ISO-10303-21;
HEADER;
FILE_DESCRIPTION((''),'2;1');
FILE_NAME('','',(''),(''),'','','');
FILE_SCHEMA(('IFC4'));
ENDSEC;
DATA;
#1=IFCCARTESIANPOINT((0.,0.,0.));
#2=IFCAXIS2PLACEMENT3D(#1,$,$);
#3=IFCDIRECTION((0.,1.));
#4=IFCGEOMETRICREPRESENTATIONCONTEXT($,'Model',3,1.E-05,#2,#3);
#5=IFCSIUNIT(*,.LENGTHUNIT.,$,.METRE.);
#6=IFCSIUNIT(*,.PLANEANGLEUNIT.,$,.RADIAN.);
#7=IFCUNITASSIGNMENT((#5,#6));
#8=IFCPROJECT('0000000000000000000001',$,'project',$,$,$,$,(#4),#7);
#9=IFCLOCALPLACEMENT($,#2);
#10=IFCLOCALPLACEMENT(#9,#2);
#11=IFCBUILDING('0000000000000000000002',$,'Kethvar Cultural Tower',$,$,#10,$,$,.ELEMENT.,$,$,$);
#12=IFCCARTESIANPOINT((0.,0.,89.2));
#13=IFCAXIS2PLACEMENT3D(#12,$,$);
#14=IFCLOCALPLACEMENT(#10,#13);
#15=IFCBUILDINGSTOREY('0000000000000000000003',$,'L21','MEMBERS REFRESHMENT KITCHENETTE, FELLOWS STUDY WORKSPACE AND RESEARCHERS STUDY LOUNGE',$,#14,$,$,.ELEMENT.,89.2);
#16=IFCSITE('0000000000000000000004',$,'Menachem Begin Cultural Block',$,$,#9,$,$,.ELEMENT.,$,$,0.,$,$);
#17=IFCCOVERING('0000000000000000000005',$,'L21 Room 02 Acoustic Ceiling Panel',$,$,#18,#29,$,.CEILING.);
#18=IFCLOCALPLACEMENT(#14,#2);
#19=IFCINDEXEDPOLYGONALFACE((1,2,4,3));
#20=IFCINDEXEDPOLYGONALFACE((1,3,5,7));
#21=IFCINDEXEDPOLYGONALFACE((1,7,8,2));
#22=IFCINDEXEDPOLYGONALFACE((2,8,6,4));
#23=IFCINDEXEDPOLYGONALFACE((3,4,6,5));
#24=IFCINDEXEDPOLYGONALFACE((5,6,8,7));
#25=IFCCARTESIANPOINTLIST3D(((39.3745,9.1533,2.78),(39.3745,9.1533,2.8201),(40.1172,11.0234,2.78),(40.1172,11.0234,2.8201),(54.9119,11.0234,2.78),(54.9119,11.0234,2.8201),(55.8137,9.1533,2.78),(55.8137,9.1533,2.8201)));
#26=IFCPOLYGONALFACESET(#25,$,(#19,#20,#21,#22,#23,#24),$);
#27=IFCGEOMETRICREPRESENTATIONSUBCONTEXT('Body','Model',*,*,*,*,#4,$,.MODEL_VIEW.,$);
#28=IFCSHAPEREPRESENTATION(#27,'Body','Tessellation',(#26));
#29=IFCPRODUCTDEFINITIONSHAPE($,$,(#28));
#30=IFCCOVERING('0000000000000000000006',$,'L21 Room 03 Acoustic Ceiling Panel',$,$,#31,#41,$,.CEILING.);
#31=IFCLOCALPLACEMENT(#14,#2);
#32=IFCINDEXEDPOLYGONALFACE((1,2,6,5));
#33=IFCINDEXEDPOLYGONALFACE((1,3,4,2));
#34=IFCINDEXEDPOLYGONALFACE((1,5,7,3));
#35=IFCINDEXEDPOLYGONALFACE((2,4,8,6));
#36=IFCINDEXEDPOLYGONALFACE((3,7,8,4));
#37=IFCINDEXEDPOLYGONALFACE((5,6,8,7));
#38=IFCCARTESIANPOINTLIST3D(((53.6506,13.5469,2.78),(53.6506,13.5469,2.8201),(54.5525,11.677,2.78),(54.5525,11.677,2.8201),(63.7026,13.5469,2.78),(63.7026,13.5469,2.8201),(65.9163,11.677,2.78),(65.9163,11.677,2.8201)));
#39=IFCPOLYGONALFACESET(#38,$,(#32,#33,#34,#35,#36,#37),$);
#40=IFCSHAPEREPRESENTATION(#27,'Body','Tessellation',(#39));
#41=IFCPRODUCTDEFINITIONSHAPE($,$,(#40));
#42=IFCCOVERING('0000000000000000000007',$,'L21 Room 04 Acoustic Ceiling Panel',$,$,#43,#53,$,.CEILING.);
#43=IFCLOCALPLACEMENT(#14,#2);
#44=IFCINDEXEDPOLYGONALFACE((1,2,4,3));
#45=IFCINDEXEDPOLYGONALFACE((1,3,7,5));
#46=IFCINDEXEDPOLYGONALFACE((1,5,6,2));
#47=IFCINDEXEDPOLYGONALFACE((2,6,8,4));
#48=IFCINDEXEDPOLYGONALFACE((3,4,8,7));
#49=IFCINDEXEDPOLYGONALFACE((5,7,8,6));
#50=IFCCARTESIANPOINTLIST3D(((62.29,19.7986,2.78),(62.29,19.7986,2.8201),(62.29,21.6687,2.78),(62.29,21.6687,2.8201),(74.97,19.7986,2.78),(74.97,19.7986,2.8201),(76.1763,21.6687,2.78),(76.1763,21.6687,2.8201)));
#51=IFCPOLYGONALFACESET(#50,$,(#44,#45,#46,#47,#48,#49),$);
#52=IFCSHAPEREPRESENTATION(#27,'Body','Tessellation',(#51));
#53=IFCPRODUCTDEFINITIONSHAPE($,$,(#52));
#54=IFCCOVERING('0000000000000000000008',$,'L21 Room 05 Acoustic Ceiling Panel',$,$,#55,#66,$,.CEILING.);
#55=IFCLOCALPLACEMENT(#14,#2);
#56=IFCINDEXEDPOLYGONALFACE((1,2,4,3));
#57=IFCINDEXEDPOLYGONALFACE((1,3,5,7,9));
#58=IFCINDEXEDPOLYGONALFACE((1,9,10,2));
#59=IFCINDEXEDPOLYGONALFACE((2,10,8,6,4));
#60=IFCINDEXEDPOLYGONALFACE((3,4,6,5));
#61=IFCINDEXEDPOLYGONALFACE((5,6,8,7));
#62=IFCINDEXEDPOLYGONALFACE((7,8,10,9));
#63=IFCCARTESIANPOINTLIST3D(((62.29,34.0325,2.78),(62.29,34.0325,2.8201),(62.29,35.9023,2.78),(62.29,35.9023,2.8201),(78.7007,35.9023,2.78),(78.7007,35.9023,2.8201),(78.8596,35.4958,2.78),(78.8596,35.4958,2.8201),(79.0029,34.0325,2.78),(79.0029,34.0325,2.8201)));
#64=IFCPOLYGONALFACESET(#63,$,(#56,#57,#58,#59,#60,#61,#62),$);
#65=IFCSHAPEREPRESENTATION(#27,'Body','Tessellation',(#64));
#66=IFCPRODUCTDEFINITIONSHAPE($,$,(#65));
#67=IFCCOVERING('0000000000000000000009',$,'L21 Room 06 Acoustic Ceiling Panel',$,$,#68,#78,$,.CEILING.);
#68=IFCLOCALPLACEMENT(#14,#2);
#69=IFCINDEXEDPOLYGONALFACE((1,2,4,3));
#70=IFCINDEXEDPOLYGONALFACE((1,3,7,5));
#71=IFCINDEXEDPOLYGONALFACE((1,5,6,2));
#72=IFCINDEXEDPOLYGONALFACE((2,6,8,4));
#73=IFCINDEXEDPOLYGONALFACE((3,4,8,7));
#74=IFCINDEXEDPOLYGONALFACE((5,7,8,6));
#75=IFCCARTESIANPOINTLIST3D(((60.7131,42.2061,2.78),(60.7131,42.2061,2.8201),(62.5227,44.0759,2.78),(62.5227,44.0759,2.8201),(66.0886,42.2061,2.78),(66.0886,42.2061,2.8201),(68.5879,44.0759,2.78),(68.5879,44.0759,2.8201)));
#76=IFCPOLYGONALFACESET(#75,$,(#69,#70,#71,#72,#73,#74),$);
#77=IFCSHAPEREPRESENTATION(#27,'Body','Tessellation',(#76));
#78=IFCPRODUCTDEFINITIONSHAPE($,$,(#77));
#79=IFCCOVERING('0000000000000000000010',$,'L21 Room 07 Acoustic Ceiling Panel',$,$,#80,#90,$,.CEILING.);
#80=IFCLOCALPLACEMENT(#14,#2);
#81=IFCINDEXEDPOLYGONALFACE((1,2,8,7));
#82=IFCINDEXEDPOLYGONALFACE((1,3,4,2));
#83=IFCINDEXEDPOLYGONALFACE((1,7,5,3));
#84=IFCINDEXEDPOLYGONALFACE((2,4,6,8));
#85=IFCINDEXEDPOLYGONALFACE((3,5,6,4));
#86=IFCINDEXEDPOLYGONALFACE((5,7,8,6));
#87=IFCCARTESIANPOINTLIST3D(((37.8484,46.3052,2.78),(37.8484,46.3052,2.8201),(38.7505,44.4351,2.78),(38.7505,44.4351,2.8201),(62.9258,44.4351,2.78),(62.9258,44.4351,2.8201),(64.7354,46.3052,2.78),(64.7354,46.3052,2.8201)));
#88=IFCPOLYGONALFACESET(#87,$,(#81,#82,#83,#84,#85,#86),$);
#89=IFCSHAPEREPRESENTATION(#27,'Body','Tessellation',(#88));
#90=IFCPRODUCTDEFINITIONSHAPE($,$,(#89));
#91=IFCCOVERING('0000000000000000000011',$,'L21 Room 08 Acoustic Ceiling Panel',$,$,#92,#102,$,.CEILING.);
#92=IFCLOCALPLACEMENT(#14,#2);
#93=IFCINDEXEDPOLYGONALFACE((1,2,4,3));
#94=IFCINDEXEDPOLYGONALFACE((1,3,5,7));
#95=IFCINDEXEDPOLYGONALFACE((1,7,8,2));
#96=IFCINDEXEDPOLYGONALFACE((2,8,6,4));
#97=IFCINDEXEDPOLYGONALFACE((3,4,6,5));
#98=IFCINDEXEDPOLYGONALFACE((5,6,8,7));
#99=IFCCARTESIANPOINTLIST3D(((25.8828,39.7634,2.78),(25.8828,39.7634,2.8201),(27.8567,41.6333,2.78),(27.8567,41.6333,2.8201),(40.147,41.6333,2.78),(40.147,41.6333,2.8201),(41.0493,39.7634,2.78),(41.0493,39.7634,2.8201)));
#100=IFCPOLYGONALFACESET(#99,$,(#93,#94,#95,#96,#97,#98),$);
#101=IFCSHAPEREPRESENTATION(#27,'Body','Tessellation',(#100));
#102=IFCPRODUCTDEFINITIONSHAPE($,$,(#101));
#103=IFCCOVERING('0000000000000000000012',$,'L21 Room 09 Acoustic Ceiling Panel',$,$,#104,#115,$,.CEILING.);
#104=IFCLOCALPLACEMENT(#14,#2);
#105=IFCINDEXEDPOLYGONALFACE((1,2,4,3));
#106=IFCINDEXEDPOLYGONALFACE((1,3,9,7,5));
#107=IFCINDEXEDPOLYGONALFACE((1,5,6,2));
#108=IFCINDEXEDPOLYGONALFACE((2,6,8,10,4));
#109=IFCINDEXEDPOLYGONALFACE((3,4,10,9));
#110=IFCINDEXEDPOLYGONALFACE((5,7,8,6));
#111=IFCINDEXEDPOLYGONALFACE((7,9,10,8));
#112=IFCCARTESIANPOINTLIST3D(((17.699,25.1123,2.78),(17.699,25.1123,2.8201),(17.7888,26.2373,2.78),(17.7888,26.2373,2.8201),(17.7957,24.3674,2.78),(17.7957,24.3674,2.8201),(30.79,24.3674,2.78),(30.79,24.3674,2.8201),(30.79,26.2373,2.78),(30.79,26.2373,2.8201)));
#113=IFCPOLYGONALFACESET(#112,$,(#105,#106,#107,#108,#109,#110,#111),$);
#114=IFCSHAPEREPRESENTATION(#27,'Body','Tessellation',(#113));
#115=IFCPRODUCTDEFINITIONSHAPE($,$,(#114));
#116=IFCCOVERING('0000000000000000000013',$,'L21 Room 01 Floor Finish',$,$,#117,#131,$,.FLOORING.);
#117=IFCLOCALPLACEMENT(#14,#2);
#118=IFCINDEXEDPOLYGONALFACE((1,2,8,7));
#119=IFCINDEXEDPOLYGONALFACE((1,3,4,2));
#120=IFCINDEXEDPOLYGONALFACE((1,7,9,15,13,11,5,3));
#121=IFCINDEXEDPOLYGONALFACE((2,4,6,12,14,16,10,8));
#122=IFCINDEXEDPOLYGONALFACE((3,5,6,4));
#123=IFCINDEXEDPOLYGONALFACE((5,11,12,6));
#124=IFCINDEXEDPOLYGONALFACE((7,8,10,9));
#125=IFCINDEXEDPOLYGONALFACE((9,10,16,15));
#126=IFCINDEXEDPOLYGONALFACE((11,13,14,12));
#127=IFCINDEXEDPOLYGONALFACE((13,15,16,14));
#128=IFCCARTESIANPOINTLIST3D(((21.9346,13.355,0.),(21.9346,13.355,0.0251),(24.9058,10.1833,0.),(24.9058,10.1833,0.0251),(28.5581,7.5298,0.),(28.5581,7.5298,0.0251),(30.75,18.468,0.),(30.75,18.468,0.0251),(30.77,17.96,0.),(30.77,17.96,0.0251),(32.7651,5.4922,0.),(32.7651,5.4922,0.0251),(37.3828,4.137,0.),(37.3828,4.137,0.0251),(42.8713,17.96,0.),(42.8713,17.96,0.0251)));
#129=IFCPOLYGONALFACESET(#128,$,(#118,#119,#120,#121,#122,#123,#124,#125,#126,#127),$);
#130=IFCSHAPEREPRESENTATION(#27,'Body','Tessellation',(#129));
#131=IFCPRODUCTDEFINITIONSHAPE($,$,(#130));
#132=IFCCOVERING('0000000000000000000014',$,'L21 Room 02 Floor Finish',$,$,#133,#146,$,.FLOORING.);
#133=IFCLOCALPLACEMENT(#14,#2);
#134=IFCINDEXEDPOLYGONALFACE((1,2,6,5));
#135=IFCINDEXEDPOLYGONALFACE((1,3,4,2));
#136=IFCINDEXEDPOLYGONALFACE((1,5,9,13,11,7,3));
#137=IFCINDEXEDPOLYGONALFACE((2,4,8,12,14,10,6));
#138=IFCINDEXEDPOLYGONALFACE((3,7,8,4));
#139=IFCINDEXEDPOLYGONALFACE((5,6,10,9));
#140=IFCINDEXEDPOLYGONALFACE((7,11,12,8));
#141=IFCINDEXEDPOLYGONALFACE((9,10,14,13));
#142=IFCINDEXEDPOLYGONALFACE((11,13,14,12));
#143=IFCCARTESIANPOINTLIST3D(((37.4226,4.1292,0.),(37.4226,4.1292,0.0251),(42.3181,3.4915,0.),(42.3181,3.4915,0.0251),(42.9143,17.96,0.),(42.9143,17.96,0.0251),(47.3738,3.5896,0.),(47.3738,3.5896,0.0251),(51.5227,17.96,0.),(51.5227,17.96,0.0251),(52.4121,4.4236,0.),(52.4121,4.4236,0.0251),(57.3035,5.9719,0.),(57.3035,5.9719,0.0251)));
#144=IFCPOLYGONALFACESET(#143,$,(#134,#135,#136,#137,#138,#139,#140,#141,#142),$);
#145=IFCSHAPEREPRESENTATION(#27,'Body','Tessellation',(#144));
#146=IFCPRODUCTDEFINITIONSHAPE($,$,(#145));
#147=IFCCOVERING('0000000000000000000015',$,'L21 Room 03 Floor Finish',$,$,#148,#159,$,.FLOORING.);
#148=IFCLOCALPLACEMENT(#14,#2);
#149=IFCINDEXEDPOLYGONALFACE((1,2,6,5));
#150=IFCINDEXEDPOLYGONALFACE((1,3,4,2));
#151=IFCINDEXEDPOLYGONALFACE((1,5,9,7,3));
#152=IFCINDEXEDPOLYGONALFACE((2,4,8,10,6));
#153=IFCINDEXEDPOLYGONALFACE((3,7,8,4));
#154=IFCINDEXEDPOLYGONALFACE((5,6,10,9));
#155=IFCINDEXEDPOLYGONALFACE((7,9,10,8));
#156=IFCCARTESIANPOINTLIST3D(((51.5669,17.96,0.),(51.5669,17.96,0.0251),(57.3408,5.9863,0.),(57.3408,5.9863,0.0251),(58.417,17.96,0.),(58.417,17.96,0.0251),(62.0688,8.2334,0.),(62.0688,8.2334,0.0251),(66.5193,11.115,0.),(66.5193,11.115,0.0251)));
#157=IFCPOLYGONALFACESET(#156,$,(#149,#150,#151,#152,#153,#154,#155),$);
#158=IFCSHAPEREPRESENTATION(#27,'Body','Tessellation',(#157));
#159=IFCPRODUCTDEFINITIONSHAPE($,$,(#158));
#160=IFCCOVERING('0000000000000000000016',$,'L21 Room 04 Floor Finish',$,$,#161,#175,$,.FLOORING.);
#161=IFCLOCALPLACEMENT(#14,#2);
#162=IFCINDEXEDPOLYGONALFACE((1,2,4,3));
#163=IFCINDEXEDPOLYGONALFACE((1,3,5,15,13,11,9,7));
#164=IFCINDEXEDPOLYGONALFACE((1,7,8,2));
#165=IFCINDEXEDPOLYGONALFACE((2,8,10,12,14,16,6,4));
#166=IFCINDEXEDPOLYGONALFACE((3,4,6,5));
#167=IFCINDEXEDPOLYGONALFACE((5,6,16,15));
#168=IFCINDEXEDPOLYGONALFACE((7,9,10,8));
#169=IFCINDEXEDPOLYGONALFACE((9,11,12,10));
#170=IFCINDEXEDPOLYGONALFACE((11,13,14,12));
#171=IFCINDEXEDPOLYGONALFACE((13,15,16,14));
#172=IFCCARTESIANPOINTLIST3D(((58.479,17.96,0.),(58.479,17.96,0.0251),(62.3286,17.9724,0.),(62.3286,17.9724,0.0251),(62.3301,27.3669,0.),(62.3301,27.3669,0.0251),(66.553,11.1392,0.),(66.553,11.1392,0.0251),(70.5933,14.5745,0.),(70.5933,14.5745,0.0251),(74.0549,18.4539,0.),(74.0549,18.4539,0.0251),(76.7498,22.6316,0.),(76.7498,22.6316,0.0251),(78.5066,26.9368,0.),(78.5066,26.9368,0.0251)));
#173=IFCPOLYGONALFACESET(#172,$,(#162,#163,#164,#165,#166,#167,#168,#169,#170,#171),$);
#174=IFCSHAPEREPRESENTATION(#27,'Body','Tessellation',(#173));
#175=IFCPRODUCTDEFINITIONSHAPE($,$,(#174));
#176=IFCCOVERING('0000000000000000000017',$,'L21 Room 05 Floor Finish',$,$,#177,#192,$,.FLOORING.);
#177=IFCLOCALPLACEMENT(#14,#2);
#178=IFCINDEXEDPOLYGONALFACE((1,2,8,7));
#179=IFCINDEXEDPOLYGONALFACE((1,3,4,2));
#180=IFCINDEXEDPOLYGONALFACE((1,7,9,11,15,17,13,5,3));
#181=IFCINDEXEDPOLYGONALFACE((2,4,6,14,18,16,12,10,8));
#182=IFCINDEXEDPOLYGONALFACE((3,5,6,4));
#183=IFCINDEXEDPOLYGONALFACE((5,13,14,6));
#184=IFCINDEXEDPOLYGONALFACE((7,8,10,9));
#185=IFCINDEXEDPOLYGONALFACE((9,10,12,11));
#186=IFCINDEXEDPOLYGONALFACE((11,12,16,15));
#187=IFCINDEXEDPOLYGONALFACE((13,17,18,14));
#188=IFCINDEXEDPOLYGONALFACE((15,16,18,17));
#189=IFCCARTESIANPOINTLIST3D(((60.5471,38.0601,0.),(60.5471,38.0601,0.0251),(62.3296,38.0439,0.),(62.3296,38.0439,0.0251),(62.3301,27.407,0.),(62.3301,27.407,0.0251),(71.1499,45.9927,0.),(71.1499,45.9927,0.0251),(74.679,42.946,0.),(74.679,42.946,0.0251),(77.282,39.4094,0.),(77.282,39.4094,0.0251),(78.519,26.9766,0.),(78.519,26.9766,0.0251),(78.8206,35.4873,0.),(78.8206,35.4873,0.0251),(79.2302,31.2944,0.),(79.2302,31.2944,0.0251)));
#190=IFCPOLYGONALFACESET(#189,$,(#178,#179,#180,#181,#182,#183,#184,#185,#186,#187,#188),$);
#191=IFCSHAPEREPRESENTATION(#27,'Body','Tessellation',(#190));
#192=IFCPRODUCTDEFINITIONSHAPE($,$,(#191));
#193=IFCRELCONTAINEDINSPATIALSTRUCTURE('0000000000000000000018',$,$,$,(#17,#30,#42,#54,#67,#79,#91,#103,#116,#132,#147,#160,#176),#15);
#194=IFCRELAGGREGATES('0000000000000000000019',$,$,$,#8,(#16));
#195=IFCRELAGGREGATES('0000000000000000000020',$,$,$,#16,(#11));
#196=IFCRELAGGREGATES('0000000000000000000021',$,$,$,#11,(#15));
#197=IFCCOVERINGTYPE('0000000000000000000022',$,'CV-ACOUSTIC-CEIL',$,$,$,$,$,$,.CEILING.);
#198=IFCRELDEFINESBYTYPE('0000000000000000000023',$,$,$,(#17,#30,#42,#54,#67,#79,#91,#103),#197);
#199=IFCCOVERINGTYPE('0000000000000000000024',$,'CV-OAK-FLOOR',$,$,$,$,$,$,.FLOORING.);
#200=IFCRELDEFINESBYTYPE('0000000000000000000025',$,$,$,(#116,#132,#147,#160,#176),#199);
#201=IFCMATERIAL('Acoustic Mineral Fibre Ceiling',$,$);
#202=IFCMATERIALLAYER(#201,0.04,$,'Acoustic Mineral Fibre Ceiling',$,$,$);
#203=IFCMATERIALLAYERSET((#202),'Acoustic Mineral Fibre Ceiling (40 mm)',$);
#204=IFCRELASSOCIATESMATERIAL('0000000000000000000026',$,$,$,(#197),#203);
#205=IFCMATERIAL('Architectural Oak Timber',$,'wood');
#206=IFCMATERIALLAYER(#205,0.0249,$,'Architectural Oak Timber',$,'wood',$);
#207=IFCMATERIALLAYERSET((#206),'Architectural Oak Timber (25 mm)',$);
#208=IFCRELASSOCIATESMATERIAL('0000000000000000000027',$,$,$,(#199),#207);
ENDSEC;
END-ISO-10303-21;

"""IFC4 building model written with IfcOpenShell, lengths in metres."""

from ifc_helpers import new_model, si_unit, direction, frame, origin, place, context, subcontext, project, spatial, polyline, outline, extrude, material, layer, layer_set, type_object, element, save


model = new_model("IFC4")

# Units and contexts
model_context = context("Model", 3, precision=1e-05, world=origin(), true_north=direction((0.0, 1.0)))
body_context = subcontext(model_context, "Body", "Model", "MODEL_VIEW")
ifc_project = project(units=[si_unit("LENGTHUNIT", "METRE"), si_unit("PLANEANGLEUNIT", "RADIAN")], contexts=[model_context])

# Site, building, storey
site_placement = place(None, origin())
site = spatial("IfcSite", under=ifc_project, at=site_placement, Name="Menachem Begin Cultural Block", CompositionType="ELEMENT", RefElevation=0.0)
building_placement = place(site_placement, origin())
building = spatial("IfcBuilding", under=site, at=building_placement, Name="Kethvar Cultural Tower", CompositionType="ELEMENT")
storey_placement = place(building_placement, frame((0.0, 0.0, 89.2)))
storey = spatial("IfcBuildingStorey", under=building, at=storey_placement, Name="L21", Description="MEMBERS REFRESHMENT KITCHENETTE, FELLOWS STUDY WORKSPACE AND RESEARCHERS STUDY LOUNGE", CompositionType="ELEMENT", Elevation=89.2)

# Coverings
ifc_material_1 = material(Name="Acoustic Mineral Fibre Ceiling")
ifc_layer_1 = layer(ifc_material_1, 0.04, Name="Acoustic Mineral Fibre Ceiling")
ifc_layer_set_1 = layer_set([ifc_layer_1], Name="Acoustic Mineral Fibre Ceiling (40 mm)")
covering_type_1 = type_object("IfcCoveringType", Name="CV-ACOUSTIC-CEIL", PredefinedType="CEILING", material=ifc_layer_set_1)
covering_1_placement = place(storey_placement, frame((0.0, 0.0, 2.78)))
element("IfcCovering", 1, at=covering_1_placement, inside=storey, type_object=covering_type_1, Name="L21 Room 02 Acoustic Ceiling Panel", PredefinedType="CEILING", context=body_context, shape_type="SweptSolid", body=[
    extrude(outline(polyline([(40.1172, 11.0234), (54.9119, 11.0234), (55.8137, 9.1533), (39.3745, 9.1533), (40.1172, 11.0234)])), origin(), (0.0, 0.0, 1.0), 0.04),
])
covering_2_placement = place(storey_placement, frame((0.0, 0.0, 2.78)))
element("IfcCovering", 2, at=covering_2_placement, inside=storey, type_object=covering_type_1, Name="L21 Room 03 Acoustic Ceiling Panel", PredefinedType="CEILING", context=body_context, shape_type="SweptSolid", body=[
    extrude(outline(polyline([(53.6506, 13.5469), (63.7026, 13.5469), (65.9163, 11.677), (54.5525, 11.677), (53.6506, 13.5469)])), origin(), (0.0, 0.0, 1.0), 0.04),
])
covering_3_placement = place(storey_placement, frame((0.0, 0.0, 2.78)))
element("IfcCovering", 3, at=covering_3_placement, inside=storey, type_object=covering_type_1, Name="L21 Room 04 Acoustic Ceiling Panel", PredefinedType="CEILING", context=body_context, shape_type="SweptSolid", body=[
    extrude(outline(polyline([(74.97, 19.7986), (62.29, 19.7986), (62.29, 21.6687), (76.1763, 21.6687), (74.97, 19.7986)])), origin(), (0.0, 0.0, 1.0), 0.04),
])
covering_4_placement = place(storey_placement, frame((0.0, 0.0, 2.78)))
element("IfcCovering", 4, at=covering_4_placement, inside=storey, type_object=covering_type_1, Name="L21 Room 05 Acoustic Ceiling Panel", PredefinedType="CEILING", context=body_context, shape_type="SweptSolid", body=[
    extrude(outline(polyline([(62.29, 35.9023), (78.7007, 35.9023), (78.8596, 35.4958), (79.0029, 34.0325), (62.29, 34.0325), (62.29, 35.9023)])), origin(), (0.0, 0.0, 1.0), 0.04),
])
covering_5_placement = place(storey_placement, frame((0.0, 0.0, 2.78)))
element("IfcCovering", 5, at=covering_5_placement, inside=storey, type_object=covering_type_1, Name="L21 Room 06 Acoustic Ceiling Panel", PredefinedType="CEILING", context=body_context, shape_type="SweptSolid", body=[
    extrude(outline(polyline([(66.0886, 42.2061), (60.7131, 42.2061), (62.5227, 44.0759), (68.5879, 44.0759), (66.0886, 42.2061)])), origin(), (0.0, 0.0, 1.0), 0.04),
])
covering_6_placement = place(storey_placement, frame((0.0, 0.0, 2.78)))
element("IfcCovering", 6, at=covering_6_placement, inside=storey, type_object=covering_type_1, Name="L21 Room 07 Acoustic Ceiling Panel", PredefinedType="CEILING", context=body_context, shape_type="SweptSolid", body=[
    extrude(outline(polyline([(62.9258, 44.4351), (38.7505, 44.4351), (37.8484, 46.3052), (64.7354, 46.3052), (62.9258, 44.4351)])), origin(), (0.0, 0.0, 1.0), 0.04),
])
covering_7_placement = place(storey_placement, frame((0.0, 0.0, 2.78)))
element("IfcCovering", 7, at=covering_7_placement, inside=storey, type_object=covering_type_1, Name="L21 Room 08 Acoustic Ceiling Panel", PredefinedType="CEILING", context=body_context, shape_type="SweptSolid", body=[
    extrude(outline(polyline([(25.8828, 39.7634), (27.8567, 41.6333), (40.147, 41.6333), (41.0493, 39.7634), (25.8828, 39.7634)])), origin(), (0.0, 0.0, 1.0), 0.04),
])
covering_8_placement = place(storey_placement, frame((0.0, 0.0, 2.78)))
element("IfcCovering", 8, at=covering_8_placement, inside=storey, type_object=covering_type_1, Name="L21 Room 09 Acoustic Ceiling Panel", PredefinedType="CEILING", context=body_context, shape_type="SweptSolid", body=[
    extrude(outline(polyline([(17.699, 25.1123), (17.7888, 26.2373), (30.79, 26.2373), (30.79, 24.3674), (17.7957, 24.3674), (17.699, 25.1123)])), origin(), (0.0, 0.0, 1.0), 0.04),
])
ifc_material_2 = material(Name="Architectural Oak Timber", Category="wood")
ifc_layer_2 = layer(ifc_material_2, 0.0249, Name="Architectural Oak Timber", Category="wood")
ifc_layer_set_2 = layer_set([ifc_layer_2], Name="Architectural Oak Timber (25 mm)")
covering_type_2 = type_object("IfcCoveringType", Name="CV-OAK-FLOOR", PredefinedType="FLOORING", material=ifc_layer_set_2)
covering_9_placement = place(storey_placement, origin())
element("IfcCovering", 9, at=covering_9_placement, inside=storey, type_object=covering_type_2, Name="L21 Room 01 Floor Finish", PredefinedType="FLOORING", context=body_context, shape_type="SweptSolid", body=[
    extrude(outline(polyline([(32.7651, 5.4922), (28.5581, 7.5298), (24.9058, 10.1833), (21.9346, 13.355), (30.75, 18.468), (30.77, 17.96), (42.8713, 17.96), (37.3828, 4.137), (32.7651, 5.4922)])), origin(), (0.0, 0.0, 1.0), 0.0251),
])
covering_10_placement = place(storey_placement, origin())
element("IfcCovering", 10, at=covering_10_placement, inside=storey, type_object=covering_type_2, Name="L21 Room 02 Floor Finish", PredefinedType="FLOORING", context=body_context, shape_type="SweptSolid", body=[
    extrude(outline(polyline([(52.4121, 4.4236), (47.3738, 3.5896), (42.3181, 3.4915), (37.4226, 4.1292), (42.9143, 17.96), (51.5227, 17.96), (57.3035, 5.9719), (52.4121, 4.4236)])), origin(), (0.0, 0.0, 1.0), 0.0251),
])
covering_11_placement = place(storey_placement, origin())
element("IfcCovering", 11, at=covering_11_placement, inside=storey, type_object=covering_type_2, Name="L21 Room 03 Floor Finish", PredefinedType="FLOORING", context=body_context, shape_type="SweptSolid", body=[
    extrude(outline(polyline([(62.0688, 8.2334), (57.3408, 5.9863), (51.5669, 17.96), (58.417, 17.96), (66.5193, 11.115), (62.0688, 8.2334)])), origin(), (0.0, 0.0, 1.0), 0.0251),
])
covering_12_placement = place(storey_placement, origin())
element("IfcCovering", 12, at=covering_12_placement, inside=storey, type_object=covering_type_2, Name="L21 Room 04 Floor Finish", PredefinedType="FLOORING", context=body_context, shape_type="SweptSolid", body=[
    extrude(outline(polyline([(76.7498, 22.6316), (74.0549, 18.4539), (70.5933, 14.5745), (66.553, 11.1392), (58.479, 17.96), (62.3286, 17.9724), (62.3301, 27.3669), (78.5066, 26.9368), (76.7498, 22.6316)])), origin(), (0.0, 0.0, 1.0), 0.0251),
])
covering_13_placement = place(storey_placement, origin())
element("IfcCovering", 13, at=covering_13_placement, inside=storey, type_object=covering_type_2, Name="L21 Room 05 Floor Finish", PredefinedType="FLOORING", context=body_context, shape_type="SweptSolid", body=[
    extrude(outline(polyline([(78.519, 26.9766), (62.3301, 27.407), (62.3296, 38.0439), (60.5471, 38.0601), (71.1499, 45.9927), (74.679, 42.946), (77.282, 39.4094), (78.8206, 35.4873), (79.2302, 31.2944), (78.519, 26.9766)])), origin(), (0.0, 0.0, 1.0), 0.0251),
])

save(model, "model.ifc")
